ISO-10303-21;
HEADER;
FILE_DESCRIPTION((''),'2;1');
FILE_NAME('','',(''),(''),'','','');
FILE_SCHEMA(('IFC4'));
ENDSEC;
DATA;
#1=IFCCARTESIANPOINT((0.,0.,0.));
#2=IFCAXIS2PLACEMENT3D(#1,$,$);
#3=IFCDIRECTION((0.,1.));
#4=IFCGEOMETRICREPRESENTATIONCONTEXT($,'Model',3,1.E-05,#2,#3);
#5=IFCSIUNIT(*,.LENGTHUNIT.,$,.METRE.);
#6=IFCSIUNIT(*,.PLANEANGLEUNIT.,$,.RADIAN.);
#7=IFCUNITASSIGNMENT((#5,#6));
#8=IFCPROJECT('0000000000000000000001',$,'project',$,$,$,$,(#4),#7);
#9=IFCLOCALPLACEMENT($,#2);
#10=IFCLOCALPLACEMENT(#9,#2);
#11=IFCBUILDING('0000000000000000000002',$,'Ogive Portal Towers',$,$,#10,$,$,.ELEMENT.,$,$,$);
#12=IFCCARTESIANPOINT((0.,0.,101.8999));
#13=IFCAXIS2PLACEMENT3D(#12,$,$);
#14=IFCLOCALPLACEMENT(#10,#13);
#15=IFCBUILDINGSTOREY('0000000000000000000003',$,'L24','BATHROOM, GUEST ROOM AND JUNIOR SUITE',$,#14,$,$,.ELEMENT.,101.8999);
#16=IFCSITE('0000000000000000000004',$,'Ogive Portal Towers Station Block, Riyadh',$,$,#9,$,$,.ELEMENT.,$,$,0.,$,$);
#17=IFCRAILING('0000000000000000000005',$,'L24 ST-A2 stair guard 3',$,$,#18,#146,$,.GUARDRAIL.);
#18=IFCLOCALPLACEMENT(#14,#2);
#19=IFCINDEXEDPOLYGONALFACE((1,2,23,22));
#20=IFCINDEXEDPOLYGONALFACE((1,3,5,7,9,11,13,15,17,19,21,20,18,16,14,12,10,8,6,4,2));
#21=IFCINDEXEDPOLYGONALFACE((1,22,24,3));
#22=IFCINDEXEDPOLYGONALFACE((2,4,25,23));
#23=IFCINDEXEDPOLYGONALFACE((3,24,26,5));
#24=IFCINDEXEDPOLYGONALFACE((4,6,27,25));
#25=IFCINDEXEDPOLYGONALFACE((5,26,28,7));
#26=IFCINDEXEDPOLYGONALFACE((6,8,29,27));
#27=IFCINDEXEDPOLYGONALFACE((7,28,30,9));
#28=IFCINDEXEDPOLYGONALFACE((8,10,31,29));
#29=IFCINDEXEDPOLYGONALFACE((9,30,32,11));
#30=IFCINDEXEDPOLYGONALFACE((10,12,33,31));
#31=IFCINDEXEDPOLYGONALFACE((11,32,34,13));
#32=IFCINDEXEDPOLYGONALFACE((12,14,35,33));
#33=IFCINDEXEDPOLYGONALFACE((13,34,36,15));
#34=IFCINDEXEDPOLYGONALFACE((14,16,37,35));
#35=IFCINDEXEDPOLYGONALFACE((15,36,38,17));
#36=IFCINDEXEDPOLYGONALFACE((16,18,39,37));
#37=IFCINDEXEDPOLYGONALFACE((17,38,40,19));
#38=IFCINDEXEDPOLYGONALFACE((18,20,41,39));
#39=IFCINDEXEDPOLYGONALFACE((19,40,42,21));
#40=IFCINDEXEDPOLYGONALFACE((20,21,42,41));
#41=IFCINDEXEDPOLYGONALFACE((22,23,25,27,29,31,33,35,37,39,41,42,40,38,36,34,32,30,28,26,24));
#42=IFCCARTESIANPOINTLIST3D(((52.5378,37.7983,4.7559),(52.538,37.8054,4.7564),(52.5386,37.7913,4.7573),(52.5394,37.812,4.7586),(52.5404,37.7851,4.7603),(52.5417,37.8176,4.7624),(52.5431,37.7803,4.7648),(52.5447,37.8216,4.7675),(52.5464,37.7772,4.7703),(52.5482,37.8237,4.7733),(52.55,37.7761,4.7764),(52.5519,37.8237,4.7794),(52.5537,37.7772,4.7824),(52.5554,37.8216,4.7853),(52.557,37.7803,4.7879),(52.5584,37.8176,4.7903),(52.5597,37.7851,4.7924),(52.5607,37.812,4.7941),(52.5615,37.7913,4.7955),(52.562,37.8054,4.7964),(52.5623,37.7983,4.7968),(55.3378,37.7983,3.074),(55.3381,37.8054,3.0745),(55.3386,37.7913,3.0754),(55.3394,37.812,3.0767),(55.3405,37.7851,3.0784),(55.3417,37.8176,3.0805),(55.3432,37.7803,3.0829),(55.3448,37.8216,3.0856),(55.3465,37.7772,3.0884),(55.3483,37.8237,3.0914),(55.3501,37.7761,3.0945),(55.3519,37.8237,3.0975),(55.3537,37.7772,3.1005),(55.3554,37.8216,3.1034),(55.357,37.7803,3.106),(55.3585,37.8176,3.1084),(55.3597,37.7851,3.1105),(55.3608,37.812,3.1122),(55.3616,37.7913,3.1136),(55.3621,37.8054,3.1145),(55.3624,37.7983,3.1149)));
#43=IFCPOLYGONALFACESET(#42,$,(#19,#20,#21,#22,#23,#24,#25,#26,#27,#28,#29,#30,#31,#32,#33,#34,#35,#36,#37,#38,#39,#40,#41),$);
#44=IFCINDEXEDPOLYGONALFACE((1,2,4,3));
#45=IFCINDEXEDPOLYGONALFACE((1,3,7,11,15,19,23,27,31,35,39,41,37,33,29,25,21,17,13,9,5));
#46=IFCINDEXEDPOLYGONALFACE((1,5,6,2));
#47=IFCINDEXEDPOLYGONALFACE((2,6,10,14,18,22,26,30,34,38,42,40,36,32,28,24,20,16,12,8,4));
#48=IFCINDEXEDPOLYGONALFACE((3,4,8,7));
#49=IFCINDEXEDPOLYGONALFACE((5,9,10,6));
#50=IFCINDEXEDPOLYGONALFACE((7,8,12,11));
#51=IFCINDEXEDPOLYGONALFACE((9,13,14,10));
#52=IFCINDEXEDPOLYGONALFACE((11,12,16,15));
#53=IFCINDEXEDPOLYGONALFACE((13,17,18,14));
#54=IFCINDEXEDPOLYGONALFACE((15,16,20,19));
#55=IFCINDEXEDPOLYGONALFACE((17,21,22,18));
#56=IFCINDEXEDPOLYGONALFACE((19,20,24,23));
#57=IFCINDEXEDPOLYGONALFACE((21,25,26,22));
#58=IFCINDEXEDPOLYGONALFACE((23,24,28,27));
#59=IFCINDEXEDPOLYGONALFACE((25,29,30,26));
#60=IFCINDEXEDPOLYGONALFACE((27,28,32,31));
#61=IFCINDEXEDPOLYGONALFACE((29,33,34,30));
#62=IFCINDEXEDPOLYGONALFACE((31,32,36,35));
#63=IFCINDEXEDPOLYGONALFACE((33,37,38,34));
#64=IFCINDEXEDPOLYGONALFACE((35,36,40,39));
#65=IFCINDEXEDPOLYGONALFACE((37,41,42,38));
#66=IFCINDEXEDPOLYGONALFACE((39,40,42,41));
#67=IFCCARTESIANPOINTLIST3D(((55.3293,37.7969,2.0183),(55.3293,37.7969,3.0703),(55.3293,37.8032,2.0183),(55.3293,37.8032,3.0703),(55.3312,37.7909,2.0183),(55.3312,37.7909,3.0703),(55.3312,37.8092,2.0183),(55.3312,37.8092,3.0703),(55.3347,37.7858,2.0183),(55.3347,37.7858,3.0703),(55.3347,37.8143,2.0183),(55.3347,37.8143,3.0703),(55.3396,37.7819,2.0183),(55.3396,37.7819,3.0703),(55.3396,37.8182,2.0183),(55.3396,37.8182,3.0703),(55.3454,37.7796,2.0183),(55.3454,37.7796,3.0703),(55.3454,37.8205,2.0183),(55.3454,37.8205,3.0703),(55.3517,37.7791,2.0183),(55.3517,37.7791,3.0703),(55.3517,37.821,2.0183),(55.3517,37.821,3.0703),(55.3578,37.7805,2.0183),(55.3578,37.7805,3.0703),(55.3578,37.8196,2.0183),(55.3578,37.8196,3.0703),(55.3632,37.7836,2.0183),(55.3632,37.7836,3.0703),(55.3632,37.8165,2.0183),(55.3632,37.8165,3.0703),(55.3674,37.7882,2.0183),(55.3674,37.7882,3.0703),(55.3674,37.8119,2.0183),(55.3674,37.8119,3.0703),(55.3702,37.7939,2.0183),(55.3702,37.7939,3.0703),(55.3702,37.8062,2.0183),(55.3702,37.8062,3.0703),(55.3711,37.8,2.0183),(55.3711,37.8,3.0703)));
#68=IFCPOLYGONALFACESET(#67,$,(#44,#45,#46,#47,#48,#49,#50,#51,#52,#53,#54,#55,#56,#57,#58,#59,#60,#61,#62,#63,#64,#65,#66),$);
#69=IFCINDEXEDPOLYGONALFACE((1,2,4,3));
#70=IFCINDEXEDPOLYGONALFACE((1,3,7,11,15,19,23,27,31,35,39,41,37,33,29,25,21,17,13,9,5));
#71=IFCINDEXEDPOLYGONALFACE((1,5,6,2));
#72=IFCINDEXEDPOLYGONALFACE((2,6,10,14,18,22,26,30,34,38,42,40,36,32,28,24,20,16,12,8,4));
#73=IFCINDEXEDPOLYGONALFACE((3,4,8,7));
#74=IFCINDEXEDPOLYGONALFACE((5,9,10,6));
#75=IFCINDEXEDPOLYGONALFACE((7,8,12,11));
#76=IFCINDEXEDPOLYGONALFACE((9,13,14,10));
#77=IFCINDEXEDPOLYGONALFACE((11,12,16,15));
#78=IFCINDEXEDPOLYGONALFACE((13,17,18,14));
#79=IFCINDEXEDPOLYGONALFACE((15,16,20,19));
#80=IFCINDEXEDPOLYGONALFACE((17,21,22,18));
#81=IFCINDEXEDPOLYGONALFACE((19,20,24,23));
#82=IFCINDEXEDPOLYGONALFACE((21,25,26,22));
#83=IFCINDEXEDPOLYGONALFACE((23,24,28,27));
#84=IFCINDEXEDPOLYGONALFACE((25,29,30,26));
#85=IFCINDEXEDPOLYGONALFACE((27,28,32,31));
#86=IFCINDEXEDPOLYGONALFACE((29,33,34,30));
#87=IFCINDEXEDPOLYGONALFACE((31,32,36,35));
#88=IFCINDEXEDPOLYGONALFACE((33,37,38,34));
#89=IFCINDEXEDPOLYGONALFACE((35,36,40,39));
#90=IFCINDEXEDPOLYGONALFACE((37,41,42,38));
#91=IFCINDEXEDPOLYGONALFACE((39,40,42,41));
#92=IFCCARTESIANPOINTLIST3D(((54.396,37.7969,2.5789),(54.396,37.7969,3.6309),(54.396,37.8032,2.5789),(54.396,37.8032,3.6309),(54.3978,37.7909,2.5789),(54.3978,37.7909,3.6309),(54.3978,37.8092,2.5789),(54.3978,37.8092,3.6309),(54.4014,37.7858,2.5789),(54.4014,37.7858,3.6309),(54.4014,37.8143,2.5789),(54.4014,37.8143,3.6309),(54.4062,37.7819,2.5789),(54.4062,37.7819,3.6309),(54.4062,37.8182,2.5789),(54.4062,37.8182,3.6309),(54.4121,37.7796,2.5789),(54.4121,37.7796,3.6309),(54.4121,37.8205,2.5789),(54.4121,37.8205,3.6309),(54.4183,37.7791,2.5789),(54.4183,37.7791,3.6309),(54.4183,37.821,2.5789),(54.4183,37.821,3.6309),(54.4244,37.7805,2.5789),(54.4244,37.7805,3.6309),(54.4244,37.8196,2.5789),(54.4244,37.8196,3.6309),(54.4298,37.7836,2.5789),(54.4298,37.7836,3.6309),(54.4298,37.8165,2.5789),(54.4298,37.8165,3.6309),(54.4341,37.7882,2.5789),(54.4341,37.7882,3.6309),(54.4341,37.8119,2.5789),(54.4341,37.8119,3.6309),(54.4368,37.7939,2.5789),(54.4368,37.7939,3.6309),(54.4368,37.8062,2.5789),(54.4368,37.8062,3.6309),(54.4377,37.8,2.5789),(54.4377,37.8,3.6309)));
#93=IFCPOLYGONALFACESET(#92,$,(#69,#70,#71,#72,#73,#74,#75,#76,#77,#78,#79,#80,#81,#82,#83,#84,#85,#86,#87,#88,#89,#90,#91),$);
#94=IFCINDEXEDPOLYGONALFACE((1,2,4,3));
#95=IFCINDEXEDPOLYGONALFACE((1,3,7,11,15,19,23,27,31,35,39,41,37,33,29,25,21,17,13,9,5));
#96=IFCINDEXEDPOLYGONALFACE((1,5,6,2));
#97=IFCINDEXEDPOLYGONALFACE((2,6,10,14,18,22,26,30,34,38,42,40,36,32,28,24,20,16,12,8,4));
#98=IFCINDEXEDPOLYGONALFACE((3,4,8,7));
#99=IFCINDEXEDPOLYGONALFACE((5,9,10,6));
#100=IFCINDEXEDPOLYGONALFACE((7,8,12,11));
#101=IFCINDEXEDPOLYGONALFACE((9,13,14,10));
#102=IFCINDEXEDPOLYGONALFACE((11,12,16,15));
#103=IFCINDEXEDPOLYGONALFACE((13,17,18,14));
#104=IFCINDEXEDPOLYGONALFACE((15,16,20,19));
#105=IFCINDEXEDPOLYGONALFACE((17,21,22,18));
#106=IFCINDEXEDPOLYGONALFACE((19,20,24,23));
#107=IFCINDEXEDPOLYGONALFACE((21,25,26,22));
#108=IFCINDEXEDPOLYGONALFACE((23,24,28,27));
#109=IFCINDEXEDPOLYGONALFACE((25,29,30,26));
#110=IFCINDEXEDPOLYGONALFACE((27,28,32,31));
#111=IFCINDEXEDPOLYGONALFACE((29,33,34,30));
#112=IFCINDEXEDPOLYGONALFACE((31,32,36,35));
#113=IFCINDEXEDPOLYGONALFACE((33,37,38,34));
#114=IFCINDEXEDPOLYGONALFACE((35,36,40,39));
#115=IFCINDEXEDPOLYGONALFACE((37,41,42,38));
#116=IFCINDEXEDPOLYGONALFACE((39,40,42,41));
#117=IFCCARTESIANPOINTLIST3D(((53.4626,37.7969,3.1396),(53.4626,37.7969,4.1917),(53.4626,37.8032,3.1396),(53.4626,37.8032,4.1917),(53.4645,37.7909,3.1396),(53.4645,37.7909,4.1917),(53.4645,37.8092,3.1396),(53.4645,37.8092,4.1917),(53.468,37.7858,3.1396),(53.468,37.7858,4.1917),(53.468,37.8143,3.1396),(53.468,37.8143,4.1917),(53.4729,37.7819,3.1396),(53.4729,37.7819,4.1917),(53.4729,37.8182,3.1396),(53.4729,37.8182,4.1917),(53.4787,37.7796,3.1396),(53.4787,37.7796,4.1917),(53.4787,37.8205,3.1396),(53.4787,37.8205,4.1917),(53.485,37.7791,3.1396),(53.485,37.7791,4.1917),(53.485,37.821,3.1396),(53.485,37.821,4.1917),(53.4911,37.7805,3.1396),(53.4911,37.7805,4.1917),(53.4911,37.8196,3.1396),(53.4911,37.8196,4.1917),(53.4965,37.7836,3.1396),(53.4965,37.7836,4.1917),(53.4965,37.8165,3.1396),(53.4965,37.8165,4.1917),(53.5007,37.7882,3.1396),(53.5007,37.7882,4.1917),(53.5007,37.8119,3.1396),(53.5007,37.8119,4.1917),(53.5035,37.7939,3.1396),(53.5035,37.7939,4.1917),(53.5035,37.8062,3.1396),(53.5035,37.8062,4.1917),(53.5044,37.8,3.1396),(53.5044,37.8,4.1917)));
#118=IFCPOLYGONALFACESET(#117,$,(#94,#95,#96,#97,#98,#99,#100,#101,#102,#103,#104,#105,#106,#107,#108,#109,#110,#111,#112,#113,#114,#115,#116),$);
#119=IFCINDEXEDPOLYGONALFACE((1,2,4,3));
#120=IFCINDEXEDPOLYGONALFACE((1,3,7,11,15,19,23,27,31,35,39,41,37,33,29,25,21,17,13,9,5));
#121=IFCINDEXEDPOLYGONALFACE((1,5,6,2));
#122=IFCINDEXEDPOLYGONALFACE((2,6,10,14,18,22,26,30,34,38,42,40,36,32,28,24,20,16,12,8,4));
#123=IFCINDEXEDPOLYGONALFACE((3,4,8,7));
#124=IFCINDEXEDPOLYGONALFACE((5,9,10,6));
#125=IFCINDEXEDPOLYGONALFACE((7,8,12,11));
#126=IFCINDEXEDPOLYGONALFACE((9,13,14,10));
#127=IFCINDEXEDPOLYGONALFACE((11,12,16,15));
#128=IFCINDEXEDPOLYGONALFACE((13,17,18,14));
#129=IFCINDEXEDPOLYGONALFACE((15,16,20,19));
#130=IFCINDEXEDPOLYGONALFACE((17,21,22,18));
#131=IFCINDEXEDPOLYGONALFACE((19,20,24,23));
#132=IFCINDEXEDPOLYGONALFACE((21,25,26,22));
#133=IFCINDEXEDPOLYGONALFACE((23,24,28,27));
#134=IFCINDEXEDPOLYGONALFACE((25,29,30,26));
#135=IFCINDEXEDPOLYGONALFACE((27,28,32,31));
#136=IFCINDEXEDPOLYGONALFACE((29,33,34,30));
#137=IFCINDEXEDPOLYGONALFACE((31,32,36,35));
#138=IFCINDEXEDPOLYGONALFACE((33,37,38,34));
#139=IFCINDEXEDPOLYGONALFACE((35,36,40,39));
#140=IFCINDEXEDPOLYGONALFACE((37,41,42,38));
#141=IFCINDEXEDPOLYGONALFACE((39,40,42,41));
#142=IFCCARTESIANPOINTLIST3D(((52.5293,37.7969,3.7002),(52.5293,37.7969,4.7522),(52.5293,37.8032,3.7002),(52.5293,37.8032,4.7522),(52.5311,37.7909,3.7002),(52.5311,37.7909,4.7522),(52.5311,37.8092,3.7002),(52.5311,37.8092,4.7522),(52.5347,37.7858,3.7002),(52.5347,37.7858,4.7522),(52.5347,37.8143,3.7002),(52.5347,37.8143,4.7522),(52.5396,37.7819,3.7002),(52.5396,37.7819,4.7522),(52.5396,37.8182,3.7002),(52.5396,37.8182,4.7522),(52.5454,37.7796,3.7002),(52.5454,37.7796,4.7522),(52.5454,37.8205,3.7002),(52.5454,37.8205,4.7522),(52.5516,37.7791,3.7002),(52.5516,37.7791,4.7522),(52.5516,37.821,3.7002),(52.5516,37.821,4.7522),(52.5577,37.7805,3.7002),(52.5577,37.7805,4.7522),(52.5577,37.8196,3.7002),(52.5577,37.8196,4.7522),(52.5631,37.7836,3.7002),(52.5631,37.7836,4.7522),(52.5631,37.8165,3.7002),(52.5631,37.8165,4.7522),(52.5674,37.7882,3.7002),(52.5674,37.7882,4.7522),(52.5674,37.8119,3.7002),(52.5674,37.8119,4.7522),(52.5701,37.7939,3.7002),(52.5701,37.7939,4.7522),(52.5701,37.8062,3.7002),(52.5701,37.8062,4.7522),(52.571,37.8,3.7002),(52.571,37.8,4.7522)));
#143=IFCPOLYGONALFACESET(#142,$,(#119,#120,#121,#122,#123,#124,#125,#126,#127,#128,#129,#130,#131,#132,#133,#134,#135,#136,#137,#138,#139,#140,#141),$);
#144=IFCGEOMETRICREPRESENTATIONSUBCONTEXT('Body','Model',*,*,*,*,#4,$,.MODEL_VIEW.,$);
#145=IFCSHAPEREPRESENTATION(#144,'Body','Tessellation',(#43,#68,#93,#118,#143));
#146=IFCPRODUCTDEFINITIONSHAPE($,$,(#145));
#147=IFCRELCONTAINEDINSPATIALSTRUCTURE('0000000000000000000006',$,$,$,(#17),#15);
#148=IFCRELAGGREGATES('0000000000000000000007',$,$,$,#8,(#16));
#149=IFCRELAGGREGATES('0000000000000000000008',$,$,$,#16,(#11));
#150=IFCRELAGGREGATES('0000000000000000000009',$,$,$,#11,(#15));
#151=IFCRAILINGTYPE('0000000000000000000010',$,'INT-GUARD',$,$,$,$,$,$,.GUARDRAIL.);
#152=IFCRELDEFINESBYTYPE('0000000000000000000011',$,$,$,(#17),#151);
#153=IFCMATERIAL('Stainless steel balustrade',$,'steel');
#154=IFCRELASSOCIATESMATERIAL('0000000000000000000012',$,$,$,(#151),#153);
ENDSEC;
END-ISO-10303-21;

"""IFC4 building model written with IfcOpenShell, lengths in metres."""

from ifc_helpers import new_model, si_unit, direction, frame, origin, origin_2d, place, context, subcontext, project, spatial, circle, extrude, material, type_object, element, save


model = new_model("IFC4")

# Units and contexts
model_context = context("Model", 3, precision=1e-05, world=origin(), true_north=direction((0.0, 1.0)))
body_context = subcontext(model_context, "Body", "Model", "MODEL_VIEW")
ifc_project = project(units=[si_unit("LENGTHUNIT", "METRE"), si_unit("PLANEANGLEUNIT", "RADIAN")], contexts=[model_context])

# Site, building, storey
site_placement = place(None, origin())
site = spatial("IfcSite", under=ifc_project, at=site_placement, Name="Ogive Portal Towers Station Block, Riyadh", CompositionType="ELEMENT", RefElevation=0.0)
building_placement = place(site_placement, origin())
building = spatial("IfcBuilding", under=site, at=building_placement, Name="Ogive Portal Towers", CompositionType="ELEMENT")
storey_placement = place(building_placement, frame((0.0, 0.0, 101.8999)))
storey = spatial("IfcBuildingStorey", under=building, at=storey_placement, Name="L24", Description="BATHROOM, GUEST ROOM AND JUNIOR SUITE", CompositionType="ELEMENT", Elevation=101.8999)

# Railing
ifc_material_1 = material(Name="Stainless steel balustrade", Category="steel")
railing_type_1 = type_object("IfcRailingType", Name="INT-GUARD", PredefinedType="GUARDRAIL", material=ifc_material_1)
railing_1_placement = place(storey_placement, frame((55.3501, 37.8, 2.0183)))
element("IfcRailing", 1, at=railing_1_placement, inside=storey, type_object=railing_type_1, Name="L24 ST-A2 stair guard 3", PredefinedType="GUARDRAIL", context=body_context, shape_type="SweptSolid", body=[
    extrude(circle(Radius=0.0239, at=origin_2d()), frame((0.0, 0.0, 1.0762), z_axis=(-0.857242, 0.0, 0.514913), x_axis=(0.0, -1.0, 0.0)), (0.0, 0.0, 1.0), 3.2664),
    extrude(circle(Radius=0.021, at=origin_2d()), origin(), (0.0, 0.0, 1.0), 1.052),
    extrude(circle(Radius=0.021, at=origin_2d()), frame((-0.9333, 0.0, 0.5605)), (0.0, 0.0, 1.0), 1.052),
    extrude(circle(Radius=0.021, at=origin_2d()), frame((-1.8667, 0.0, 1.1213)), (0.0, 0.0, 1.0), 1.052),
    extrude(circle(Radius=0.021, at=origin_2d()), frame((-2.8, 0.0, 1.6819)), (0.0, 0.0, 1.0), 1.052),
])

save(model, "model.ifc")
